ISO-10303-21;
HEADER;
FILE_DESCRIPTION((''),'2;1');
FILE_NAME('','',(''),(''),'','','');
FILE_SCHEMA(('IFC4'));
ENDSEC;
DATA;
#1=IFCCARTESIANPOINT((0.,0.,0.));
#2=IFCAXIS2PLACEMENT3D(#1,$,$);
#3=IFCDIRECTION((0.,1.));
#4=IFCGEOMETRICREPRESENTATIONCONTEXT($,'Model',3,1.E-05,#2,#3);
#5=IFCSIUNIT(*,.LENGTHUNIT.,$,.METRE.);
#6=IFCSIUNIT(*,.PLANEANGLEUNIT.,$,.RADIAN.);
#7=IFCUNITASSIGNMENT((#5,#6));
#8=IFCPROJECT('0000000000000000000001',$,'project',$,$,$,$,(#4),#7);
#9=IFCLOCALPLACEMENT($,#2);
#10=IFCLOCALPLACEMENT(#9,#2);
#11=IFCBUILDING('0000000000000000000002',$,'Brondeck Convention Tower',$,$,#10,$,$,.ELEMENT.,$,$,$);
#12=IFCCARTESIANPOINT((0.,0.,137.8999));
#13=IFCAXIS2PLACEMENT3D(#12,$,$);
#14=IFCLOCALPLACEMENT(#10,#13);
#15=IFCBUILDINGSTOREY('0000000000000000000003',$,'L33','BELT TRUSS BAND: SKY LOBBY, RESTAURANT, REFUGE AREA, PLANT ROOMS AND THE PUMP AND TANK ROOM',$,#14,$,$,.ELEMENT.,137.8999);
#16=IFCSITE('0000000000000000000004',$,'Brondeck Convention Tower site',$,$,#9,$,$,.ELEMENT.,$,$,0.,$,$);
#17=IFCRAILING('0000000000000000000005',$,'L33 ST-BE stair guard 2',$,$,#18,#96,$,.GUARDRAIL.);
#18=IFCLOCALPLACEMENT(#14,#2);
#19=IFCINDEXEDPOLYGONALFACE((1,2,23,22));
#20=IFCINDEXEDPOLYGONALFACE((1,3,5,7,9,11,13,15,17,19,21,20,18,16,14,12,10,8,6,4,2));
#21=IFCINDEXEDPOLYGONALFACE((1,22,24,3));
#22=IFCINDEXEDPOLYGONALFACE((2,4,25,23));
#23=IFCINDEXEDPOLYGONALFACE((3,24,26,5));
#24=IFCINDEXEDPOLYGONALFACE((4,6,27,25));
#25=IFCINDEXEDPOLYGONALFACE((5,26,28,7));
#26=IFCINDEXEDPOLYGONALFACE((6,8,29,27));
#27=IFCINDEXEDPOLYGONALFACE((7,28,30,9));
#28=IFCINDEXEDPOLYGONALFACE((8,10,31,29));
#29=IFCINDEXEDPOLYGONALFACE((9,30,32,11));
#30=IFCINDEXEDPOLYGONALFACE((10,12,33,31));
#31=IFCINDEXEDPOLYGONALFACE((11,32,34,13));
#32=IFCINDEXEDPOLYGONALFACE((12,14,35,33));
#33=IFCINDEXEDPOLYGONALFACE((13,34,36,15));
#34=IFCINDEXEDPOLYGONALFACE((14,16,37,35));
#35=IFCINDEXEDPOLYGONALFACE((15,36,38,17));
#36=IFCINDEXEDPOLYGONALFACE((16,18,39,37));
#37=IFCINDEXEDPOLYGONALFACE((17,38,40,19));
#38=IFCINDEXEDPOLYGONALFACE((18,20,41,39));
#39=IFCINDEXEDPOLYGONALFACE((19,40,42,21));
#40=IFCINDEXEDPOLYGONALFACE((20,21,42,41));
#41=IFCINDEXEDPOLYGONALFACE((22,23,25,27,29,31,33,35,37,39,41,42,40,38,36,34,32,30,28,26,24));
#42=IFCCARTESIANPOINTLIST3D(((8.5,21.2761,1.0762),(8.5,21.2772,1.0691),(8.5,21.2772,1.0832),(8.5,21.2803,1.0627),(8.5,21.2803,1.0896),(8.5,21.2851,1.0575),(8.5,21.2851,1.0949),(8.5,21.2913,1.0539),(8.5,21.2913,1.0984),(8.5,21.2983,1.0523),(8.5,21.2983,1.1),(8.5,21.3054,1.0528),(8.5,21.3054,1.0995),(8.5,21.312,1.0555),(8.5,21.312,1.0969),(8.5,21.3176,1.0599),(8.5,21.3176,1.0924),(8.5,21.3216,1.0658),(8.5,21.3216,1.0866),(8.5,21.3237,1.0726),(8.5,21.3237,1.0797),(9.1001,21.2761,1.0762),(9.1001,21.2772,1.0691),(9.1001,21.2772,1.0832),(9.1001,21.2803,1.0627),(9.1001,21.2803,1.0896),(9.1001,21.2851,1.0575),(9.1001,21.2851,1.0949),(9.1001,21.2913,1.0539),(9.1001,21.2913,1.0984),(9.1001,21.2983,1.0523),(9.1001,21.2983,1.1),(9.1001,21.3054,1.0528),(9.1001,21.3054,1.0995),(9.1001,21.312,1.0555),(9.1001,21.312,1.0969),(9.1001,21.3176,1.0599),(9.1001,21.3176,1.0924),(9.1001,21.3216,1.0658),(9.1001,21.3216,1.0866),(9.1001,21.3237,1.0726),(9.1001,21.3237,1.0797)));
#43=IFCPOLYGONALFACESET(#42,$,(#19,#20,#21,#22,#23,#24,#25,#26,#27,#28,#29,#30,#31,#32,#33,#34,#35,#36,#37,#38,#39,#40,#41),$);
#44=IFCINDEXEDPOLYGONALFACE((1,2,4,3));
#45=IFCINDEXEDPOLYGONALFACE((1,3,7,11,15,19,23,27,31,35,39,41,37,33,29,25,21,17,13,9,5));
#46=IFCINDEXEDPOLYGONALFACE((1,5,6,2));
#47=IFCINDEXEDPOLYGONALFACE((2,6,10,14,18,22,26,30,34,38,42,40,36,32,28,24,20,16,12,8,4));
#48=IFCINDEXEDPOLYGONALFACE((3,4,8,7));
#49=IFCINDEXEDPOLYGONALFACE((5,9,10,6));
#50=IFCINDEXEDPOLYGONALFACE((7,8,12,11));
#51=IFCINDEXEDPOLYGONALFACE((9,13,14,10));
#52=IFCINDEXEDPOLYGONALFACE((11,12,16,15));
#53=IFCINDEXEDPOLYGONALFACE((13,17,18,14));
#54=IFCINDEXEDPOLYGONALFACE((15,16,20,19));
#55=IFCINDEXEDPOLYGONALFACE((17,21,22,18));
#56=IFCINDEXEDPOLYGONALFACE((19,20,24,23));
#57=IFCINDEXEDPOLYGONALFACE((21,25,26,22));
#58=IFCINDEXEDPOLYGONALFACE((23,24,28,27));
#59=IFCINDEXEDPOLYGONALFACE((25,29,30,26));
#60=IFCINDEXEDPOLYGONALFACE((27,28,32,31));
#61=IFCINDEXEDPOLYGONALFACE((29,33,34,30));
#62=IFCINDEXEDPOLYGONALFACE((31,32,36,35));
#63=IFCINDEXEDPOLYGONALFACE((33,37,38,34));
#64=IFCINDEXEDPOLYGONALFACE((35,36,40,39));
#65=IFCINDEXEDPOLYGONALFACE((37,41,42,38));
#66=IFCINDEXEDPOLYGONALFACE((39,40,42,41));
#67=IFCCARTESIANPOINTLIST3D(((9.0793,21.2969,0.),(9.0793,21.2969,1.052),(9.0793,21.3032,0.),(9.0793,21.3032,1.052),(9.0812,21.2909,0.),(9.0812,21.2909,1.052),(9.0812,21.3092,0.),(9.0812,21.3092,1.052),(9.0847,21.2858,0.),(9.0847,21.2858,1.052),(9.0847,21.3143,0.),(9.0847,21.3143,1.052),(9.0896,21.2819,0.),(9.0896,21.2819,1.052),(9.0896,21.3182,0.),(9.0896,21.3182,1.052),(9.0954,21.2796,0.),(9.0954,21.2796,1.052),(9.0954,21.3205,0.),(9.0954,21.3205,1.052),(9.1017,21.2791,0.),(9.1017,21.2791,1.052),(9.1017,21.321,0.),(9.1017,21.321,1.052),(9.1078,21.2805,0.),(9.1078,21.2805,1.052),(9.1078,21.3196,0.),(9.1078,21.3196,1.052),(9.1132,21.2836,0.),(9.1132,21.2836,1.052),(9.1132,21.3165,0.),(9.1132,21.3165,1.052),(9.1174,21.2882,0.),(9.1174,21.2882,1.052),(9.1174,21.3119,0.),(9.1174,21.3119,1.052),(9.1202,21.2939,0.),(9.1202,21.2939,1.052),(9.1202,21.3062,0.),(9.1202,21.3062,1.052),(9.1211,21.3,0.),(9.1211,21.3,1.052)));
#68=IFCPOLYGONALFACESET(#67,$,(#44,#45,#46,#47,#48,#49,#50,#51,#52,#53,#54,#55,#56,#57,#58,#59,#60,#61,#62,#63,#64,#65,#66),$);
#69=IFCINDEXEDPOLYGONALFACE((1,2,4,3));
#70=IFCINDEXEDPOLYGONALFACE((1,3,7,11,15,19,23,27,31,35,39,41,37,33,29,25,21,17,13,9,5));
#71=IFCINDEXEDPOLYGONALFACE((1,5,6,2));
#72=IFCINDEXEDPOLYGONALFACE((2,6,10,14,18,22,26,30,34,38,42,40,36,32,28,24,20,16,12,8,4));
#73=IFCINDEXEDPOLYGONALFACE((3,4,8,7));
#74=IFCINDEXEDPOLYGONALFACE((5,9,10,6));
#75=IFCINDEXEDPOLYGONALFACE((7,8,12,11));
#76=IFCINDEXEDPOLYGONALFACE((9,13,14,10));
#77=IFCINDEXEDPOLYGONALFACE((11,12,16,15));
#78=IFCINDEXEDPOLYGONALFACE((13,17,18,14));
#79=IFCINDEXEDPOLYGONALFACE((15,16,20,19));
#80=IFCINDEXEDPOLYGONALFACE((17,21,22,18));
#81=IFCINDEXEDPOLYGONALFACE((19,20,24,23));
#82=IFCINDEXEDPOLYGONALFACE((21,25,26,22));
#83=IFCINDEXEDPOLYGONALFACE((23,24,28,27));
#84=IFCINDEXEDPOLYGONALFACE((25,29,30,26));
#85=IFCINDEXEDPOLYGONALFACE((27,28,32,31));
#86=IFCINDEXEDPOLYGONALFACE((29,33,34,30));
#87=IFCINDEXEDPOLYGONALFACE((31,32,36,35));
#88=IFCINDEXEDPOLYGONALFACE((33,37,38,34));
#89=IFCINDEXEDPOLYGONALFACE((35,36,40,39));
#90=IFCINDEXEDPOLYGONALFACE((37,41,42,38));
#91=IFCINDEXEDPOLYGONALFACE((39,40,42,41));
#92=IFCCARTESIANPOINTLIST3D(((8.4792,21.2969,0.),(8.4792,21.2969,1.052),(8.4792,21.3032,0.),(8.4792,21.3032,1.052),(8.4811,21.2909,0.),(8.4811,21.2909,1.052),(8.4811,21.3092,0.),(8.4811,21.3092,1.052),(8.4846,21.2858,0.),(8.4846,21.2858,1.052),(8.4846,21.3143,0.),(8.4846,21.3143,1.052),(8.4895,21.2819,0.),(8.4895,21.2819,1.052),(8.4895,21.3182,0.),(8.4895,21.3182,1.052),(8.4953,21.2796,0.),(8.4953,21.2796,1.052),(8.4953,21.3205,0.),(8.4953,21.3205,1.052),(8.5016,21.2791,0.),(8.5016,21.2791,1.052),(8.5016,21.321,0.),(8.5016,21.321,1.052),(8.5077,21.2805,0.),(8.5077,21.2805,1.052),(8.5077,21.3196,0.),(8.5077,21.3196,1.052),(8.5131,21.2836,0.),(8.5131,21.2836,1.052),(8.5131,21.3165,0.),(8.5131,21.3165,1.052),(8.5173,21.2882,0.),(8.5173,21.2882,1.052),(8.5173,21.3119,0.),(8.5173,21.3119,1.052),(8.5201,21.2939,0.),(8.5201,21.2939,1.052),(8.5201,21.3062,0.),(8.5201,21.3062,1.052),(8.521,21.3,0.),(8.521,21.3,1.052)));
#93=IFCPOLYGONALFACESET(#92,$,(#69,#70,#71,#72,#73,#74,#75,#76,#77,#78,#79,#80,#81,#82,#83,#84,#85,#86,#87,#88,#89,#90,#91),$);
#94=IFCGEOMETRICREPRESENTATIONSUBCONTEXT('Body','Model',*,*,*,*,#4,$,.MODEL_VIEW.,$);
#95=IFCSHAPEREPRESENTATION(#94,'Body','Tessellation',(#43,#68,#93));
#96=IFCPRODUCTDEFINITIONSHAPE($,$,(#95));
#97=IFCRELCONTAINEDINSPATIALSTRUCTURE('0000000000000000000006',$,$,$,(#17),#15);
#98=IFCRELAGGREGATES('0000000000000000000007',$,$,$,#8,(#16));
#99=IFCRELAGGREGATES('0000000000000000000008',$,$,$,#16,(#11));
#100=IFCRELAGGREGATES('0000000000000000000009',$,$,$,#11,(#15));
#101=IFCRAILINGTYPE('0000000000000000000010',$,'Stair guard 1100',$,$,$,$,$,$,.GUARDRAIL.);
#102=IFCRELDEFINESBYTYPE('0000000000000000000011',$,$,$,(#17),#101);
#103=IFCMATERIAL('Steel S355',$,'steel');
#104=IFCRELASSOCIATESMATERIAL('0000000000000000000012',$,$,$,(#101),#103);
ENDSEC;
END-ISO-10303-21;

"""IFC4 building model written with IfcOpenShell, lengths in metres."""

from ifc_helpers import new_model, si_unit, direction, frame, origin, origin_2d, place, context, subcontext, project, spatial, circle, extrude, material, type_object, element, save


model = new_model("IFC4")

# Units and contexts
model_context = context("Model", 3, precision=1e-05, world=origin(), true_north=direction((0.0, 1.0)))
body_context = subcontext(model_context, "Body", "Model", "MODEL_VIEW")
ifc_project = project(units=[si_unit("LENGTHUNIT", "METRE"), si_unit("PLANEANGLEUNIT", "RADIAN")], contexts=[model_context])

# Site, building, storey
site_placement = place(None, origin())
site = spatial("IfcSite", under=ifc_project, at=site_placement, Name="Brondeck Convention Tower site", CompositionType="ELEMENT", RefElevation=0.0)
building_placement = place(site_placement, origin())
building = spatial("IfcBuilding", under=site, at=building_placement, Name="Brondeck Convention Tower", CompositionType="ELEMENT")
storey_placement = place(building_placement, frame((0.0, 0.0, 137.8999)))
storey = spatial("IfcBuildingStorey", under=building, at=storey_placement, Name="L33", Description="BELT TRUSS BAND: SKY LOBBY, RESTAURANT, REFUGE AREA, PLANT ROOMS AND THE PUMP AND TANK ROOM", CompositionType="ELEMENT", Elevation=137.8999)

# Shared definitions
ifc_material_1 = material(Name="Steel S355", Category="steel")

# Railing
railing_type_1 = type_object("IfcRailingType", Name="Stair guard 1100", PredefinedType="GUARDRAIL", material=ifc_material_1)
railing_1_placement = place(storey_placement, frame((9.1001, 21.3, 0.0)))
element("IfcRailing", 1, at=railing_1_placement, inside=storey, type_object=railing_type_1, Name="L33 ST-BE stair guard 2", PredefinedType="GUARDRAIL", context=body_context, shape_type="SweptSolid", body=[
    extrude(circle(Radius=0.0239, at=origin_2d()), frame((0.0, 0.0, 1.0762), z_axis=(-1.0, 0.0, 0.0), x_axis=(0.0, -1.0, 0.0)), (0.0, 0.0, 1.0), 0.6001),
    extrude(circle(Radius=0.021, at=origin_2d()), origin(), (0.0, 0.0, 1.0), 1.052),
    extrude(circle(Radius=0.021, at=origin_2d()), frame((-0.6001, 0.0, 0.0)), (0.0, 0.0, 1.0), 1.052),
])

save(model, "model.ifc")
